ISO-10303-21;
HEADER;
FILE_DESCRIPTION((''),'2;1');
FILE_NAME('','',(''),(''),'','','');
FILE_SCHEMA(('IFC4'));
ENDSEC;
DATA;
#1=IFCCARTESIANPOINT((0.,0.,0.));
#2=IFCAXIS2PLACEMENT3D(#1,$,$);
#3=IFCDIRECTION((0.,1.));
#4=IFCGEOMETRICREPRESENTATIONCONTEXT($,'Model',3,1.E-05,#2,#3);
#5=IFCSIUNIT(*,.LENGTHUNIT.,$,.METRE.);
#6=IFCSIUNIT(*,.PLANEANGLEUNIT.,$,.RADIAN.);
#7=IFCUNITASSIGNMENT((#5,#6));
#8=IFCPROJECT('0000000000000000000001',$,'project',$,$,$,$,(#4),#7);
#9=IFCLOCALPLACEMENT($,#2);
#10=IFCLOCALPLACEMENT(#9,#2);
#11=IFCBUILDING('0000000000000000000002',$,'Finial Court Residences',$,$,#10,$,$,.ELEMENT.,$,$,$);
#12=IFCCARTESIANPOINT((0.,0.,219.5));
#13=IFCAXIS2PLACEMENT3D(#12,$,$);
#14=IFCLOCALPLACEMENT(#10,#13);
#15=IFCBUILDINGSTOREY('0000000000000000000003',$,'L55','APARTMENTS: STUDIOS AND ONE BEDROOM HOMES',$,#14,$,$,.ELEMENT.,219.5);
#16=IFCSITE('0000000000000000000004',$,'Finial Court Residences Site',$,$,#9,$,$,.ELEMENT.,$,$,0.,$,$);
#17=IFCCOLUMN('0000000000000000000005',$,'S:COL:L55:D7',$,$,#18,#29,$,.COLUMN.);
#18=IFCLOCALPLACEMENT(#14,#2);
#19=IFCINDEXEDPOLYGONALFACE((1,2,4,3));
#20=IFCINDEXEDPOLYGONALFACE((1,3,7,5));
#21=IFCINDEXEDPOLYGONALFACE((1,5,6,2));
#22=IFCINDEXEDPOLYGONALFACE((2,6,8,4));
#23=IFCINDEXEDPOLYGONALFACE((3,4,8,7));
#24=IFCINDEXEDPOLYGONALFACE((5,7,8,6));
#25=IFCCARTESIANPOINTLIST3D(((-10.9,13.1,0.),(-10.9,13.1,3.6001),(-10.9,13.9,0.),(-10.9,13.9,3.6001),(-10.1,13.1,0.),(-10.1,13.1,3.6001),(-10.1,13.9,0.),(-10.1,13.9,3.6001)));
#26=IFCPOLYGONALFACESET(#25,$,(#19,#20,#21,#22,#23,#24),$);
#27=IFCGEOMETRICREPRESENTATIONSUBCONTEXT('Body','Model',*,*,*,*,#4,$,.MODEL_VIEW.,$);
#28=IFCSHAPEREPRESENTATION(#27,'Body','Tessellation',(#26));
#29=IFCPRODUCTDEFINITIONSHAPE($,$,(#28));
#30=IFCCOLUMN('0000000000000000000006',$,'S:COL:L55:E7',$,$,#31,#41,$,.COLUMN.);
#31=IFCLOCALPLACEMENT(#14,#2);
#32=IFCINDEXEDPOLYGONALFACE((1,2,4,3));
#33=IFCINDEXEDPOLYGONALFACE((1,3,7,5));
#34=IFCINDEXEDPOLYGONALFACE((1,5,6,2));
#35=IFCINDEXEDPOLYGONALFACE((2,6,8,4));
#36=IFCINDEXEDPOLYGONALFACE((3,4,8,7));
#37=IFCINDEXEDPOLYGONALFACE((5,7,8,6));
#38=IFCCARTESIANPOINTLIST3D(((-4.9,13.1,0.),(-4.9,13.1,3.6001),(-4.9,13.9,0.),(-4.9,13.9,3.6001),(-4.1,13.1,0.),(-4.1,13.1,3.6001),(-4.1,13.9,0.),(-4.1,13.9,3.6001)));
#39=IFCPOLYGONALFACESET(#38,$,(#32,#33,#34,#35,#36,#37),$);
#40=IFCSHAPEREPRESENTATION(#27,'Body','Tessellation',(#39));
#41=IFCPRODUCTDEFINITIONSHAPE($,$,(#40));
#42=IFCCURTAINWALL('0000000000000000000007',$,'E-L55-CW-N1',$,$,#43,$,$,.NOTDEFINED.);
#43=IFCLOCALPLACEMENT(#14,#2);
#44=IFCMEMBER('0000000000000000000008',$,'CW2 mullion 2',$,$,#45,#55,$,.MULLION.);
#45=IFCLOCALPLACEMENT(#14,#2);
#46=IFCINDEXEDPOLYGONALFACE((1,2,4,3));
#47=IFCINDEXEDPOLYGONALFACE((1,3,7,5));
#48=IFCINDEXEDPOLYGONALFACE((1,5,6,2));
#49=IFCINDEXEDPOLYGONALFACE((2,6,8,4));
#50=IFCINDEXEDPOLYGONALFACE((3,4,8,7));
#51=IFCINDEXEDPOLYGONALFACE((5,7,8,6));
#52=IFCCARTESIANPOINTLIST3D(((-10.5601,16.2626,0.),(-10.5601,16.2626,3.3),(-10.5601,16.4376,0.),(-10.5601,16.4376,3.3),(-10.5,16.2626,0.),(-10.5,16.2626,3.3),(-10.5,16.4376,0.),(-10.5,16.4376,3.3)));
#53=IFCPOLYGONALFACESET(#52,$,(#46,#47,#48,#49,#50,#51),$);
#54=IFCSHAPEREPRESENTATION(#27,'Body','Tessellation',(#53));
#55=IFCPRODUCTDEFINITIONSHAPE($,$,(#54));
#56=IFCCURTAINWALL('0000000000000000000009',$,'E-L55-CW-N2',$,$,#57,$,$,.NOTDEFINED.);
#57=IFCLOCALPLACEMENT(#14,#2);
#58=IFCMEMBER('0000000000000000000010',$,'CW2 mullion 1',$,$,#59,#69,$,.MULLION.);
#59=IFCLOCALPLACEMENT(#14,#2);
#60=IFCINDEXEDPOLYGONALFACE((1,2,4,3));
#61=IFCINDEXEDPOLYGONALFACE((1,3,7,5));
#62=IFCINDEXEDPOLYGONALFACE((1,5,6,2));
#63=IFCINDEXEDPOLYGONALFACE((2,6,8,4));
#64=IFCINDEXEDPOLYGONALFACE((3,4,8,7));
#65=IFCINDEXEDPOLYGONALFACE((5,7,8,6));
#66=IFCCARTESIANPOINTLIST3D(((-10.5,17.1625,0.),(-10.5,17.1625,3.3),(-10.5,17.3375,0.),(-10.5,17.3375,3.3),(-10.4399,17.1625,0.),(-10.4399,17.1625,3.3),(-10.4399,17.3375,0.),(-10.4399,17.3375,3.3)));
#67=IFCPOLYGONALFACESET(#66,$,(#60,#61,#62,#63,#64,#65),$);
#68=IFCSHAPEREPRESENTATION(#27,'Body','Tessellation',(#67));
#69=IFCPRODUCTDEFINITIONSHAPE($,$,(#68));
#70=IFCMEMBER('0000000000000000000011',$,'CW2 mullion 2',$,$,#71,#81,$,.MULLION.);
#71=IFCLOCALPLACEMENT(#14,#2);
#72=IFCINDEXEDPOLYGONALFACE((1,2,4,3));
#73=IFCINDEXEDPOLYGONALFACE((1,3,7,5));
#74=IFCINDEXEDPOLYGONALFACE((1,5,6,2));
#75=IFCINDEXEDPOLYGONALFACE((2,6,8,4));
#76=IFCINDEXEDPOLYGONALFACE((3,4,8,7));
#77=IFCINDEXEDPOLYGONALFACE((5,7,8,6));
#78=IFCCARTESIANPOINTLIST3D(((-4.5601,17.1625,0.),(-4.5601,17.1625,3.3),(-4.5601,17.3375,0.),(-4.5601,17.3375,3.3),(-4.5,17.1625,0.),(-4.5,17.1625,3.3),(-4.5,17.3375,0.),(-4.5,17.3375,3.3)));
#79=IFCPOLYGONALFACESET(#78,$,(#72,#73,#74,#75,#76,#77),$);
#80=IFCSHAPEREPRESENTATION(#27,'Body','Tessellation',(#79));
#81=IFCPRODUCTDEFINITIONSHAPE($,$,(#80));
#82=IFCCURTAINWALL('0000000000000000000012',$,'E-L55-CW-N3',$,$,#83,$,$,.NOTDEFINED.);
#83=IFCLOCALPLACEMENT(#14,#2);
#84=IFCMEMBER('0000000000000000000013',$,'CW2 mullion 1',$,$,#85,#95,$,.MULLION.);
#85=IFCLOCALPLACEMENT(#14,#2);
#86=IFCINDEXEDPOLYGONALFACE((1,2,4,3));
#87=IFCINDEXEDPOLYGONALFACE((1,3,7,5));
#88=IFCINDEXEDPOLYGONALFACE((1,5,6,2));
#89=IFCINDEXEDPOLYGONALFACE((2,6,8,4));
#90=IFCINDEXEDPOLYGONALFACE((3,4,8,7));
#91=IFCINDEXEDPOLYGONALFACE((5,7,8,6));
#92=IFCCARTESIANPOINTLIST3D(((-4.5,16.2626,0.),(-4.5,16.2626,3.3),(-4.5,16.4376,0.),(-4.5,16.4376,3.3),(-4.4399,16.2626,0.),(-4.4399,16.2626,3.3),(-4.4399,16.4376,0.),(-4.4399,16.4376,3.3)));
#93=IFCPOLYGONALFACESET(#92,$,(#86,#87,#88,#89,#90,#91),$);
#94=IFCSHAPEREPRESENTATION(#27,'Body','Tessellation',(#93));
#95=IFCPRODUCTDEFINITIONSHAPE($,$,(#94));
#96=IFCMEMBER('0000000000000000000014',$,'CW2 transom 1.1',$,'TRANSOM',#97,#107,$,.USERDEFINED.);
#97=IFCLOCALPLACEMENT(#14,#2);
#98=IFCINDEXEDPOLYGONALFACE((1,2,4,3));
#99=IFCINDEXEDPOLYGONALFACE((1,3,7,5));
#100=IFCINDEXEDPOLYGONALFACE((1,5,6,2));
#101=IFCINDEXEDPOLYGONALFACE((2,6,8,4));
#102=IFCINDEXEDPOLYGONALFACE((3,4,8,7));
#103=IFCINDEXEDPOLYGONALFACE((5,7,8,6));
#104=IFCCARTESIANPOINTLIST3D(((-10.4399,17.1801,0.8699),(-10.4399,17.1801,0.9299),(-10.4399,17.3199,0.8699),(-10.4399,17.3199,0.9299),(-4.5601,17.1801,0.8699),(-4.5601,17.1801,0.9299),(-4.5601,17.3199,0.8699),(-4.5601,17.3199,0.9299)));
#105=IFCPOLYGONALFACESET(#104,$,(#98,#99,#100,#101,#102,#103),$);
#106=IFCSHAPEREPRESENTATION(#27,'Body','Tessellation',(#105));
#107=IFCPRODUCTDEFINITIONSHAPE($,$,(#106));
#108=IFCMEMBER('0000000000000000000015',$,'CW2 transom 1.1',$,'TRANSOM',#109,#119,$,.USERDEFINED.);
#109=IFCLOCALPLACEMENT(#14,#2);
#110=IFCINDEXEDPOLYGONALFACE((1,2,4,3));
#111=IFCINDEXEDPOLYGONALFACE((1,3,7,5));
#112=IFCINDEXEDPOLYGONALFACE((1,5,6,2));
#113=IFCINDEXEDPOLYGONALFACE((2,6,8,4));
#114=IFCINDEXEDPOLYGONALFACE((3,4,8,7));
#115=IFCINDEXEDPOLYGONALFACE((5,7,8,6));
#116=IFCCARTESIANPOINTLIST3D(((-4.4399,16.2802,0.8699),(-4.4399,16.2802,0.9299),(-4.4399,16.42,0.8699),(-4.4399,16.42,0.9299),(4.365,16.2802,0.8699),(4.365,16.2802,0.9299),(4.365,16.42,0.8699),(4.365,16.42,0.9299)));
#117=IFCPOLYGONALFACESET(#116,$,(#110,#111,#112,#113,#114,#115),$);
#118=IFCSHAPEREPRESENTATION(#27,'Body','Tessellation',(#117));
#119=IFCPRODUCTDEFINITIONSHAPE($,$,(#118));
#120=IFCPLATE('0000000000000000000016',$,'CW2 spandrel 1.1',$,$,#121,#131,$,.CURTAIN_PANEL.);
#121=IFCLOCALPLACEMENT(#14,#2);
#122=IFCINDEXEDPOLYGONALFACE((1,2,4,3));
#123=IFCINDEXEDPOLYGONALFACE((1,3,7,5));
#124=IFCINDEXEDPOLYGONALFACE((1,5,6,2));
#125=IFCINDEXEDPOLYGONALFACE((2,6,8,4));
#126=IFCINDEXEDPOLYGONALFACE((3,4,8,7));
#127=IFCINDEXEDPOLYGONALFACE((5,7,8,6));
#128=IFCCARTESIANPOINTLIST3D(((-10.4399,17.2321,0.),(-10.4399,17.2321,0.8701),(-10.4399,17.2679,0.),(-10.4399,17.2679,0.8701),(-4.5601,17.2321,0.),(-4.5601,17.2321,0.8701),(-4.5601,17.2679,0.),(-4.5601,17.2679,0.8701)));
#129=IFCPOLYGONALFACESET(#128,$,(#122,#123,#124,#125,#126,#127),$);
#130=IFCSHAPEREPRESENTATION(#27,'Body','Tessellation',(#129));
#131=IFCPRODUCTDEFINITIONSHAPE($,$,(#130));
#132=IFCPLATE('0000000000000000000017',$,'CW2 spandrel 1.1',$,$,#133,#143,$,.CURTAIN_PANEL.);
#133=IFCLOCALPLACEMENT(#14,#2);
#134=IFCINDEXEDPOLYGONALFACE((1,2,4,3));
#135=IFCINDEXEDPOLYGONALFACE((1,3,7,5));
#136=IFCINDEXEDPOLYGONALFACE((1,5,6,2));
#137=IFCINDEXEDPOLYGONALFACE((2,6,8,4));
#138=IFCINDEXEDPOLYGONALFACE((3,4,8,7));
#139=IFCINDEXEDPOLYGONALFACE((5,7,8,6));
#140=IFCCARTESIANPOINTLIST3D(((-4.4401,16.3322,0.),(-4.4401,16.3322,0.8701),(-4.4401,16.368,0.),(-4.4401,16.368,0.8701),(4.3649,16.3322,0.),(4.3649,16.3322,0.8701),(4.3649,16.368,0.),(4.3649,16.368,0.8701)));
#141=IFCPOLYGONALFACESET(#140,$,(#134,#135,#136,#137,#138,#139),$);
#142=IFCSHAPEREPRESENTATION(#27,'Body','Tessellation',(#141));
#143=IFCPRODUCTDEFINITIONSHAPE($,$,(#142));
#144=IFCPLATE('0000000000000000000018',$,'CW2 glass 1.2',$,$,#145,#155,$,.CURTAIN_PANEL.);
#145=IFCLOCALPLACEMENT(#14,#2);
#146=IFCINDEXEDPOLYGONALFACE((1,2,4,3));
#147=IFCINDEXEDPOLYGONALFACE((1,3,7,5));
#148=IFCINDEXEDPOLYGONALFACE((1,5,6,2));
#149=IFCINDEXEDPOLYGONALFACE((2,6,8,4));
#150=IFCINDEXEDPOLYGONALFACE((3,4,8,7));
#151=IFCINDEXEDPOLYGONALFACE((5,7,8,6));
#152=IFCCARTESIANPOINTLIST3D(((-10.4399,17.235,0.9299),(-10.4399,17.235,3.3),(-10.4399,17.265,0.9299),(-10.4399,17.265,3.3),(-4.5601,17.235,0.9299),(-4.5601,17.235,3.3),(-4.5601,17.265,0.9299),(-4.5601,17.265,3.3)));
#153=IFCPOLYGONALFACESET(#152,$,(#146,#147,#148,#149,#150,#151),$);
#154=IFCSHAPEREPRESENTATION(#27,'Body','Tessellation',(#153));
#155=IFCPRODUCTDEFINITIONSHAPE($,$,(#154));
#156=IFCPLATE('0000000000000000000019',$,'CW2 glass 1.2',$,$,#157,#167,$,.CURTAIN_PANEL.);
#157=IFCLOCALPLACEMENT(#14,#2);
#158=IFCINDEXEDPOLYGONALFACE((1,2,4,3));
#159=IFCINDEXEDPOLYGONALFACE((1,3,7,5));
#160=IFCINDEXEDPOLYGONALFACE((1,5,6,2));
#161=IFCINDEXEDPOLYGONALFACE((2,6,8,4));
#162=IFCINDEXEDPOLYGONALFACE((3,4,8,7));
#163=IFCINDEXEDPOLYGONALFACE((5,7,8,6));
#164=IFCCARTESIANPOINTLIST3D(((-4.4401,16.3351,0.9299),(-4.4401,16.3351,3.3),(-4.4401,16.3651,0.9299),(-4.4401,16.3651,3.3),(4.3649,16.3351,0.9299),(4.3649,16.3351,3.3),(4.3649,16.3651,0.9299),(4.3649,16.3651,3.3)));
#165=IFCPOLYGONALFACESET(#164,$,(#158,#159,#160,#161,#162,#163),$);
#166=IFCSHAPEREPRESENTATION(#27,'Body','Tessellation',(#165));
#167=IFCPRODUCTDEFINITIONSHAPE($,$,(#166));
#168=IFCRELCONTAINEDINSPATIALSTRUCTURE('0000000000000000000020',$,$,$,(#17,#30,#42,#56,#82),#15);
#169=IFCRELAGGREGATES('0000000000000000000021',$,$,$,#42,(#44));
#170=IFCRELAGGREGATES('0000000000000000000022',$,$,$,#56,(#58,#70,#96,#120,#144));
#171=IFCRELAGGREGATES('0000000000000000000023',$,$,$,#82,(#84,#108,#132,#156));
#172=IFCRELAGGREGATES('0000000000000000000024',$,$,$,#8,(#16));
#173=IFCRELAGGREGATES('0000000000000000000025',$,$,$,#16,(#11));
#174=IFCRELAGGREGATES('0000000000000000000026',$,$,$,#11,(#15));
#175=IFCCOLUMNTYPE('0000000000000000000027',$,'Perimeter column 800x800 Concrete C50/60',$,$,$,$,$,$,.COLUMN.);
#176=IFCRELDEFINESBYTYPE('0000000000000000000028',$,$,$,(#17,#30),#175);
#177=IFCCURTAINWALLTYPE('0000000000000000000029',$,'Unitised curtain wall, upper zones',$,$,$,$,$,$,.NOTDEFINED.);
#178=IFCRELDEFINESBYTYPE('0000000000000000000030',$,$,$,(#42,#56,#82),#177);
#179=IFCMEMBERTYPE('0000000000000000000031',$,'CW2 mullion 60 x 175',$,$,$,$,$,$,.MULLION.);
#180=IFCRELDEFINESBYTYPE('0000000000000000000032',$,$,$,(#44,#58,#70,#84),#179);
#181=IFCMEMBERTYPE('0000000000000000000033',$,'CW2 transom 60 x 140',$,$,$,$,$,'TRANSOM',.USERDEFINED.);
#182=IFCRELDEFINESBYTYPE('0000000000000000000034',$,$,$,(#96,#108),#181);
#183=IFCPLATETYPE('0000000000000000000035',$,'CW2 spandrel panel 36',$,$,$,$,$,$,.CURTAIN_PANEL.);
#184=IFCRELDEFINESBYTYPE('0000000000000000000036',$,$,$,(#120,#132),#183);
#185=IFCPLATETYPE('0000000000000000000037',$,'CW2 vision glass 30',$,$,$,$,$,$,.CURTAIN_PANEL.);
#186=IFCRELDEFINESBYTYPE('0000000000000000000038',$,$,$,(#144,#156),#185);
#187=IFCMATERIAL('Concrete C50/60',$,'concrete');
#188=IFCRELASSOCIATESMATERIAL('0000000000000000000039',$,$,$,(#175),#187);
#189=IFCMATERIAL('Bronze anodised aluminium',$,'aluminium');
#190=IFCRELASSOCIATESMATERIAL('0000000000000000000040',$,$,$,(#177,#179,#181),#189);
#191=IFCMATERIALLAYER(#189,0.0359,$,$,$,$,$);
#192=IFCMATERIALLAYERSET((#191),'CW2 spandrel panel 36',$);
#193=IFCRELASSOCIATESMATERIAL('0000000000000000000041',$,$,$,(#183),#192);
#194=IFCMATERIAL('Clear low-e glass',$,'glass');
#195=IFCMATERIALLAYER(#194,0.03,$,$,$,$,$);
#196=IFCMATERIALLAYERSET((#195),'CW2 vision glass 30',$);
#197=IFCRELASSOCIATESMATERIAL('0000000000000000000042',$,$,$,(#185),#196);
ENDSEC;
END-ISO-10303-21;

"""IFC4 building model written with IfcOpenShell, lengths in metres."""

from ifc_helpers import new_model, si_unit, direction, frame, origin, origin_2d, place, context, subcontext, project, spatial, rectangle, extrude, material, layer, layer_set, material_profile, profile_set, type_object, element, aggregate, save


model = new_model("IFC4")

# Units and contexts
model_context = context("Model", 3, precision=1e-05, world=origin(), true_north=direction((0.0, 1.0)))
body_context = subcontext(model_context, "Body", "Model", "MODEL_VIEW")
ifc_project = project(units=[si_unit("LENGTHUNIT", "METRE"), si_unit("PLANEANGLEUNIT", "RADIAN")], contexts=[model_context])

# Site, building, storey
site_placement = place(None, origin())
site = spatial("IfcSite", under=ifc_project, at=site_placement, Name="Finial Court Residences Site", CompositionType="ELEMENT", RefElevation=0.0)
building_placement = place(site_placement, origin())
building = spatial("IfcBuilding", under=site, at=building_placement, Name="Finial Court Residences", CompositionType="ELEMENT")
storey_placement = place(building_placement, frame((0.0, 0.0, 219.5)))
storey = spatial("IfcBuildingStorey", under=building, at=storey_placement, Name="L55", Description="APARTMENTS: STUDIOS AND ONE BEDROOM HOMES", CompositionType="ELEMENT", Elevation=219.5)

# Columns
ifc_material_1 = material(Name="Concrete C50/60", Category="concrete")
ifc_material_profile_1 = material_profile(ifc_material_1, rectangle(XDim=0.8, YDim=0.8, at=origin_2d()), Name="800x800")
ifc_profile_set_1 = profile_set([ifc_material_profile_1], Name="Concrete C50/60")
column_type = type_object("IfcColumnType", Name="Perimeter column 800x800 Concrete C50/60", PredefinedType="COLUMN", material=ifc_profile_set_1)
for number, where, z_axis, x_axis, name in (
    (1, (-10.5, 13.5, 0.0), (0.0, 0.0, 1.0), (1.0, 0.0, 0.0), "S:COL:L55:D7"),
    (2, (-4.5, 13.5, 0.0), (0.0, 0.0, 1.0), (1.0, 0.0, 0.0), "S:COL:L55:E7"),
):
    element("IfcColumn", number, at=place(storey_placement, frame(where, z_axis=z_axis, x_axis=x_axis)), inside=storey, type_object=column_type, Name=name, PredefinedType="COLUMN", context=body_context, shape_type="SweptSolid", body=[
        extrude(rectangle(XDim=0.8, YDim=0.8, at=origin_2d()), origin(), (0.0, 0.0, 1.0), 3.6001),
    ])

# Curtain wall, member
ifc_material_2 = material(Name="Bronze anodised aluminium", Category="aluminium")
curtain_wall_type = type_object("IfcCurtainWallType", Name="Unitised curtain wall, upper zones", PredefinedType="NOTDEFINED", material=ifc_material_2)
curtain_wall_1_placement = place(storey_placement, origin())
curtain_wall_1 = element("IfcCurtainWall", 3, at=curtain_wall_1_placement, inside=storey, type_object=curtain_wall_type, Name="E-L55-CW-N1", PredefinedType="NOTDEFINED")
ifc_material_profile_2 = material_profile(ifc_material_2, rectangle(XDim=0.175, YDim=0.0601, at=origin_2d()), Name="CW2 mullion 60 x 175")
ifc_profile_set_2 = profile_set([ifc_material_profile_2], Name="Bronze anodised aluminium")
member_type_1 = type_object("IfcMemberType", Name="CW2 mullion 60 x 175", PredefinedType="MULLION", material=ifc_profile_set_2)
member_1_placement = place(storey_placement, frame((-10.53, 16.3501, 0.0), z_axis=(0.0, 0.0, 1.0), x_axis=(0.0, 1.0, 0.0)))
member_1 = element("IfcMember", 4, at=member_1_placement, type_object=member_type_1, Name="CW2 mullion 2", PredefinedType="MULLION", context=body_context, shape_type="SweptSolid", body=[
    extrude(rectangle(XDim=0.175, YDim=0.0601, at=origin_2d()), origin(), (0.0, 0.0, 1.0), 3.3),
])
aggregate(curtain_wall_1, [member_1])

# Curtain wall, members
curtain_wall_2_placement = place(storey_placement, origin())
curtain_wall_2 = element("IfcCurtainWall", 5, at=curtain_wall_2_placement, inside=storey, type_object=curtain_wall_type, Name="E-L55-CW-N2", PredefinedType="NOTDEFINED")
member_2_placement = place(storey_placement, frame((-10.47, 17.25, 0.0), z_axis=(0.0, 0.0, 1.0), x_axis=(0.0, 1.0, 0.0)))
member_2 = element("IfcMember", 6, at=member_2_placement, type_object=member_type_1, Name="CW2 mullion 1", PredefinedType="MULLION", context=body_context, shape_type="SweptSolid", body=[
    extrude(rectangle(XDim=0.175, YDim=0.0601, at=origin_2d()), origin(), (0.0, 0.0, 1.0), 3.3),
])
member_3_placement = place(storey_placement, frame((-4.53, 17.25, 0.0), z_axis=(0.0, 0.0, 1.0), x_axis=(0.0, 1.0, 0.0)))
member_3 = element("IfcMember", 7, at=member_3_placement, type_object=member_type_1, Name="CW2 mullion 2", PredefinedType="MULLION", context=body_context, shape_type="SweptSolid", body=[
    extrude(rectangle(XDim=0.175, YDim=0.0601, at=origin_2d()), origin(), (0.0, 0.0, 1.0), 3.3),
])

# Curtain wall, member
curtain_wall_3_placement = place(storey_placement, origin())
curtain_wall_3 = element("IfcCurtainWall", 8, at=curtain_wall_3_placement, inside=storey, type_object=curtain_wall_type, Name="E-L55-CW-N3", PredefinedType="NOTDEFINED")
member_4_placement = place(storey_placement, frame((-4.47, 16.3501, 0.0), z_axis=(0.0, 0.0, 1.0), x_axis=(0.0, 1.0, 0.0)))
member_4 = element("IfcMember", 9, at=member_4_placement, type_object=member_type_1, Name="CW2 mullion 1", PredefinedType="MULLION", context=body_context, shape_type="SweptSolid", body=[
    extrude(rectangle(XDim=0.175, YDim=0.0601, at=origin_2d()), origin(), (0.0, 0.0, 1.0), 3.3),
])

# Members
ifc_material_profile_3 = material_profile(ifc_material_2, rectangle(XDim=0.1399, YDim=0.0601, at=origin_2d()), Name="CW2 transom 60 x 140")
ifc_profile_set_3 = profile_set([ifc_material_profile_3], Name="Bronze anodised aluminium")
member_type_2 = type_object("IfcMemberType", Name="CW2 transom 60 x 140", ElementType="TRANSOM", PredefinedType="USERDEFINED", material=ifc_profile_set_3)
member_5_placement = place(storey_placement, frame((-10.4399, 17.25, 0.8999), z_axis=(1.0, 0.0, 0.0), x_axis=(0.0, 1.0, 0.0)))
member_5 = element("IfcMember", 10, at=member_5_placement, type_object=member_type_2, Name="CW2 transom 1.1", ObjectType="TRANSOM", PredefinedType="USERDEFINED", context=body_context, shape_type="SweptSolid", body=[
    extrude(rectangle(XDim=0.1399, YDim=0.0601, at=origin_2d()), origin(), (0.0, 0.0, 1.0), 5.8799),
])
member_6_placement = place(storey_placement, frame((-4.4399, 16.3501, 0.8999), z_axis=(1.0, 0.0, 0.0), x_axis=(0.0, 1.0, 0.0)))
member_6 = element("IfcMember", 11, at=member_6_placement, type_object=member_type_2, Name="CW2 transom 1.1", ObjectType="TRANSOM", PredefinedType="USERDEFINED", context=body_context, shape_type="SweptSolid", body=[
    extrude(rectangle(XDim=0.1399, YDim=0.0601, at=origin_2d()), origin(), (0.0, 0.0, 1.0), 8.8049),
])

# Plates
ifc_layer_1 = layer(ifc_material_2, 0.0359)
ifc_layer_set_1 = layer_set([ifc_layer_1], Name="CW2 spandrel panel 36")
plate_type_1 = type_object("IfcPlateType", Name="CW2 spandrel panel 36", PredefinedType="CURTAIN_PANEL", material=ifc_layer_set_1)
plate_1_placement = place(storey_placement, frame((-7.5, 17.25, 0.0), z_axis=(0.0, 0.0, 1.0), x_axis=(1.0, 0.0, 0.0)))
plate_1 = element("IfcPlate", 12, at=plate_1_placement, type_object=plate_type_1, Name="CW2 spandrel 1.1", PredefinedType="CURTAIN_PANEL", context=body_context, shape_type="SweptSolid", body=[
    extrude(rectangle(XDim=5.8799, YDim=0.0359, at=origin_2d()), origin(), (0.0, 0.0, 1.0), 0.8701),
])
plate_2_placement = place(storey_placement, frame((-0.0376, 16.3501, 0.0), z_axis=(0.0, 0.0, 1.0), x_axis=(1.0, 0.0, 0.0)))
plate_2 = element("IfcPlate", 13, at=plate_2_placement, type_object=plate_type_1, Name="CW2 spandrel 1.1", PredefinedType="CURTAIN_PANEL", context=body_context, shape_type="SweptSolid", body=[
    extrude(rectangle(XDim=8.8049, YDim=0.0359, at=origin_2d()), origin(), (0.0, 0.0, 1.0), 0.8701),
])
ifc_material_3 = material(Name="Clear low-e glass", Category="glass")
ifc_layer_2 = layer(ifc_material_3, 0.03)
ifc_layer_set_2 = layer_set([ifc_layer_2], Name="CW2 vision glass 30")
plate_type_2 = type_object("IfcPlateType", Name="CW2 vision glass 30", PredefinedType="CURTAIN_PANEL", material=ifc_layer_set_2)
plate_3_placement = place(storey_placement, frame((-7.5, 17.25, 0.9299), z_axis=(0.0, 0.0, 1.0), x_axis=(1.0, 0.0, 0.0)))
plate_3 = element("IfcPlate", 14, at=plate_3_placement, type_object=plate_type_2, Name="CW2 glass 1.2", PredefinedType="CURTAIN_PANEL", context=body_context, shape_type="SweptSolid", body=[
    extrude(rectangle(XDim=5.8799, YDim=0.03, at=origin_2d()), origin(), (0.0, 0.0, 1.0), 2.3701),
])
aggregate(curtain_wall_2, [member_2, member_3, member_5, plate_1, plate_3])
plate_4_placement = place(storey_placement, frame((-0.0376, 16.3501, 0.9299), z_axis=(0.0, 0.0, 1.0), x_axis=(1.0, 0.0, 0.0)))
plate_4 = element("IfcPlate", 15, at=plate_4_placement, type_object=plate_type_2, Name="CW2 glass 1.2", PredefinedType="CURTAIN_PANEL", context=body_context, shape_type="SweptSolid", body=[
    extrude(rectangle(XDim=8.8049, YDim=0.03, at=origin_2d()), origin(), (0.0, 0.0, 1.0), 2.3701),
])
aggregate(curtain_wall_3, [member_4, member_6, plate_2, plate_4])

save(model, "model.ifc")
